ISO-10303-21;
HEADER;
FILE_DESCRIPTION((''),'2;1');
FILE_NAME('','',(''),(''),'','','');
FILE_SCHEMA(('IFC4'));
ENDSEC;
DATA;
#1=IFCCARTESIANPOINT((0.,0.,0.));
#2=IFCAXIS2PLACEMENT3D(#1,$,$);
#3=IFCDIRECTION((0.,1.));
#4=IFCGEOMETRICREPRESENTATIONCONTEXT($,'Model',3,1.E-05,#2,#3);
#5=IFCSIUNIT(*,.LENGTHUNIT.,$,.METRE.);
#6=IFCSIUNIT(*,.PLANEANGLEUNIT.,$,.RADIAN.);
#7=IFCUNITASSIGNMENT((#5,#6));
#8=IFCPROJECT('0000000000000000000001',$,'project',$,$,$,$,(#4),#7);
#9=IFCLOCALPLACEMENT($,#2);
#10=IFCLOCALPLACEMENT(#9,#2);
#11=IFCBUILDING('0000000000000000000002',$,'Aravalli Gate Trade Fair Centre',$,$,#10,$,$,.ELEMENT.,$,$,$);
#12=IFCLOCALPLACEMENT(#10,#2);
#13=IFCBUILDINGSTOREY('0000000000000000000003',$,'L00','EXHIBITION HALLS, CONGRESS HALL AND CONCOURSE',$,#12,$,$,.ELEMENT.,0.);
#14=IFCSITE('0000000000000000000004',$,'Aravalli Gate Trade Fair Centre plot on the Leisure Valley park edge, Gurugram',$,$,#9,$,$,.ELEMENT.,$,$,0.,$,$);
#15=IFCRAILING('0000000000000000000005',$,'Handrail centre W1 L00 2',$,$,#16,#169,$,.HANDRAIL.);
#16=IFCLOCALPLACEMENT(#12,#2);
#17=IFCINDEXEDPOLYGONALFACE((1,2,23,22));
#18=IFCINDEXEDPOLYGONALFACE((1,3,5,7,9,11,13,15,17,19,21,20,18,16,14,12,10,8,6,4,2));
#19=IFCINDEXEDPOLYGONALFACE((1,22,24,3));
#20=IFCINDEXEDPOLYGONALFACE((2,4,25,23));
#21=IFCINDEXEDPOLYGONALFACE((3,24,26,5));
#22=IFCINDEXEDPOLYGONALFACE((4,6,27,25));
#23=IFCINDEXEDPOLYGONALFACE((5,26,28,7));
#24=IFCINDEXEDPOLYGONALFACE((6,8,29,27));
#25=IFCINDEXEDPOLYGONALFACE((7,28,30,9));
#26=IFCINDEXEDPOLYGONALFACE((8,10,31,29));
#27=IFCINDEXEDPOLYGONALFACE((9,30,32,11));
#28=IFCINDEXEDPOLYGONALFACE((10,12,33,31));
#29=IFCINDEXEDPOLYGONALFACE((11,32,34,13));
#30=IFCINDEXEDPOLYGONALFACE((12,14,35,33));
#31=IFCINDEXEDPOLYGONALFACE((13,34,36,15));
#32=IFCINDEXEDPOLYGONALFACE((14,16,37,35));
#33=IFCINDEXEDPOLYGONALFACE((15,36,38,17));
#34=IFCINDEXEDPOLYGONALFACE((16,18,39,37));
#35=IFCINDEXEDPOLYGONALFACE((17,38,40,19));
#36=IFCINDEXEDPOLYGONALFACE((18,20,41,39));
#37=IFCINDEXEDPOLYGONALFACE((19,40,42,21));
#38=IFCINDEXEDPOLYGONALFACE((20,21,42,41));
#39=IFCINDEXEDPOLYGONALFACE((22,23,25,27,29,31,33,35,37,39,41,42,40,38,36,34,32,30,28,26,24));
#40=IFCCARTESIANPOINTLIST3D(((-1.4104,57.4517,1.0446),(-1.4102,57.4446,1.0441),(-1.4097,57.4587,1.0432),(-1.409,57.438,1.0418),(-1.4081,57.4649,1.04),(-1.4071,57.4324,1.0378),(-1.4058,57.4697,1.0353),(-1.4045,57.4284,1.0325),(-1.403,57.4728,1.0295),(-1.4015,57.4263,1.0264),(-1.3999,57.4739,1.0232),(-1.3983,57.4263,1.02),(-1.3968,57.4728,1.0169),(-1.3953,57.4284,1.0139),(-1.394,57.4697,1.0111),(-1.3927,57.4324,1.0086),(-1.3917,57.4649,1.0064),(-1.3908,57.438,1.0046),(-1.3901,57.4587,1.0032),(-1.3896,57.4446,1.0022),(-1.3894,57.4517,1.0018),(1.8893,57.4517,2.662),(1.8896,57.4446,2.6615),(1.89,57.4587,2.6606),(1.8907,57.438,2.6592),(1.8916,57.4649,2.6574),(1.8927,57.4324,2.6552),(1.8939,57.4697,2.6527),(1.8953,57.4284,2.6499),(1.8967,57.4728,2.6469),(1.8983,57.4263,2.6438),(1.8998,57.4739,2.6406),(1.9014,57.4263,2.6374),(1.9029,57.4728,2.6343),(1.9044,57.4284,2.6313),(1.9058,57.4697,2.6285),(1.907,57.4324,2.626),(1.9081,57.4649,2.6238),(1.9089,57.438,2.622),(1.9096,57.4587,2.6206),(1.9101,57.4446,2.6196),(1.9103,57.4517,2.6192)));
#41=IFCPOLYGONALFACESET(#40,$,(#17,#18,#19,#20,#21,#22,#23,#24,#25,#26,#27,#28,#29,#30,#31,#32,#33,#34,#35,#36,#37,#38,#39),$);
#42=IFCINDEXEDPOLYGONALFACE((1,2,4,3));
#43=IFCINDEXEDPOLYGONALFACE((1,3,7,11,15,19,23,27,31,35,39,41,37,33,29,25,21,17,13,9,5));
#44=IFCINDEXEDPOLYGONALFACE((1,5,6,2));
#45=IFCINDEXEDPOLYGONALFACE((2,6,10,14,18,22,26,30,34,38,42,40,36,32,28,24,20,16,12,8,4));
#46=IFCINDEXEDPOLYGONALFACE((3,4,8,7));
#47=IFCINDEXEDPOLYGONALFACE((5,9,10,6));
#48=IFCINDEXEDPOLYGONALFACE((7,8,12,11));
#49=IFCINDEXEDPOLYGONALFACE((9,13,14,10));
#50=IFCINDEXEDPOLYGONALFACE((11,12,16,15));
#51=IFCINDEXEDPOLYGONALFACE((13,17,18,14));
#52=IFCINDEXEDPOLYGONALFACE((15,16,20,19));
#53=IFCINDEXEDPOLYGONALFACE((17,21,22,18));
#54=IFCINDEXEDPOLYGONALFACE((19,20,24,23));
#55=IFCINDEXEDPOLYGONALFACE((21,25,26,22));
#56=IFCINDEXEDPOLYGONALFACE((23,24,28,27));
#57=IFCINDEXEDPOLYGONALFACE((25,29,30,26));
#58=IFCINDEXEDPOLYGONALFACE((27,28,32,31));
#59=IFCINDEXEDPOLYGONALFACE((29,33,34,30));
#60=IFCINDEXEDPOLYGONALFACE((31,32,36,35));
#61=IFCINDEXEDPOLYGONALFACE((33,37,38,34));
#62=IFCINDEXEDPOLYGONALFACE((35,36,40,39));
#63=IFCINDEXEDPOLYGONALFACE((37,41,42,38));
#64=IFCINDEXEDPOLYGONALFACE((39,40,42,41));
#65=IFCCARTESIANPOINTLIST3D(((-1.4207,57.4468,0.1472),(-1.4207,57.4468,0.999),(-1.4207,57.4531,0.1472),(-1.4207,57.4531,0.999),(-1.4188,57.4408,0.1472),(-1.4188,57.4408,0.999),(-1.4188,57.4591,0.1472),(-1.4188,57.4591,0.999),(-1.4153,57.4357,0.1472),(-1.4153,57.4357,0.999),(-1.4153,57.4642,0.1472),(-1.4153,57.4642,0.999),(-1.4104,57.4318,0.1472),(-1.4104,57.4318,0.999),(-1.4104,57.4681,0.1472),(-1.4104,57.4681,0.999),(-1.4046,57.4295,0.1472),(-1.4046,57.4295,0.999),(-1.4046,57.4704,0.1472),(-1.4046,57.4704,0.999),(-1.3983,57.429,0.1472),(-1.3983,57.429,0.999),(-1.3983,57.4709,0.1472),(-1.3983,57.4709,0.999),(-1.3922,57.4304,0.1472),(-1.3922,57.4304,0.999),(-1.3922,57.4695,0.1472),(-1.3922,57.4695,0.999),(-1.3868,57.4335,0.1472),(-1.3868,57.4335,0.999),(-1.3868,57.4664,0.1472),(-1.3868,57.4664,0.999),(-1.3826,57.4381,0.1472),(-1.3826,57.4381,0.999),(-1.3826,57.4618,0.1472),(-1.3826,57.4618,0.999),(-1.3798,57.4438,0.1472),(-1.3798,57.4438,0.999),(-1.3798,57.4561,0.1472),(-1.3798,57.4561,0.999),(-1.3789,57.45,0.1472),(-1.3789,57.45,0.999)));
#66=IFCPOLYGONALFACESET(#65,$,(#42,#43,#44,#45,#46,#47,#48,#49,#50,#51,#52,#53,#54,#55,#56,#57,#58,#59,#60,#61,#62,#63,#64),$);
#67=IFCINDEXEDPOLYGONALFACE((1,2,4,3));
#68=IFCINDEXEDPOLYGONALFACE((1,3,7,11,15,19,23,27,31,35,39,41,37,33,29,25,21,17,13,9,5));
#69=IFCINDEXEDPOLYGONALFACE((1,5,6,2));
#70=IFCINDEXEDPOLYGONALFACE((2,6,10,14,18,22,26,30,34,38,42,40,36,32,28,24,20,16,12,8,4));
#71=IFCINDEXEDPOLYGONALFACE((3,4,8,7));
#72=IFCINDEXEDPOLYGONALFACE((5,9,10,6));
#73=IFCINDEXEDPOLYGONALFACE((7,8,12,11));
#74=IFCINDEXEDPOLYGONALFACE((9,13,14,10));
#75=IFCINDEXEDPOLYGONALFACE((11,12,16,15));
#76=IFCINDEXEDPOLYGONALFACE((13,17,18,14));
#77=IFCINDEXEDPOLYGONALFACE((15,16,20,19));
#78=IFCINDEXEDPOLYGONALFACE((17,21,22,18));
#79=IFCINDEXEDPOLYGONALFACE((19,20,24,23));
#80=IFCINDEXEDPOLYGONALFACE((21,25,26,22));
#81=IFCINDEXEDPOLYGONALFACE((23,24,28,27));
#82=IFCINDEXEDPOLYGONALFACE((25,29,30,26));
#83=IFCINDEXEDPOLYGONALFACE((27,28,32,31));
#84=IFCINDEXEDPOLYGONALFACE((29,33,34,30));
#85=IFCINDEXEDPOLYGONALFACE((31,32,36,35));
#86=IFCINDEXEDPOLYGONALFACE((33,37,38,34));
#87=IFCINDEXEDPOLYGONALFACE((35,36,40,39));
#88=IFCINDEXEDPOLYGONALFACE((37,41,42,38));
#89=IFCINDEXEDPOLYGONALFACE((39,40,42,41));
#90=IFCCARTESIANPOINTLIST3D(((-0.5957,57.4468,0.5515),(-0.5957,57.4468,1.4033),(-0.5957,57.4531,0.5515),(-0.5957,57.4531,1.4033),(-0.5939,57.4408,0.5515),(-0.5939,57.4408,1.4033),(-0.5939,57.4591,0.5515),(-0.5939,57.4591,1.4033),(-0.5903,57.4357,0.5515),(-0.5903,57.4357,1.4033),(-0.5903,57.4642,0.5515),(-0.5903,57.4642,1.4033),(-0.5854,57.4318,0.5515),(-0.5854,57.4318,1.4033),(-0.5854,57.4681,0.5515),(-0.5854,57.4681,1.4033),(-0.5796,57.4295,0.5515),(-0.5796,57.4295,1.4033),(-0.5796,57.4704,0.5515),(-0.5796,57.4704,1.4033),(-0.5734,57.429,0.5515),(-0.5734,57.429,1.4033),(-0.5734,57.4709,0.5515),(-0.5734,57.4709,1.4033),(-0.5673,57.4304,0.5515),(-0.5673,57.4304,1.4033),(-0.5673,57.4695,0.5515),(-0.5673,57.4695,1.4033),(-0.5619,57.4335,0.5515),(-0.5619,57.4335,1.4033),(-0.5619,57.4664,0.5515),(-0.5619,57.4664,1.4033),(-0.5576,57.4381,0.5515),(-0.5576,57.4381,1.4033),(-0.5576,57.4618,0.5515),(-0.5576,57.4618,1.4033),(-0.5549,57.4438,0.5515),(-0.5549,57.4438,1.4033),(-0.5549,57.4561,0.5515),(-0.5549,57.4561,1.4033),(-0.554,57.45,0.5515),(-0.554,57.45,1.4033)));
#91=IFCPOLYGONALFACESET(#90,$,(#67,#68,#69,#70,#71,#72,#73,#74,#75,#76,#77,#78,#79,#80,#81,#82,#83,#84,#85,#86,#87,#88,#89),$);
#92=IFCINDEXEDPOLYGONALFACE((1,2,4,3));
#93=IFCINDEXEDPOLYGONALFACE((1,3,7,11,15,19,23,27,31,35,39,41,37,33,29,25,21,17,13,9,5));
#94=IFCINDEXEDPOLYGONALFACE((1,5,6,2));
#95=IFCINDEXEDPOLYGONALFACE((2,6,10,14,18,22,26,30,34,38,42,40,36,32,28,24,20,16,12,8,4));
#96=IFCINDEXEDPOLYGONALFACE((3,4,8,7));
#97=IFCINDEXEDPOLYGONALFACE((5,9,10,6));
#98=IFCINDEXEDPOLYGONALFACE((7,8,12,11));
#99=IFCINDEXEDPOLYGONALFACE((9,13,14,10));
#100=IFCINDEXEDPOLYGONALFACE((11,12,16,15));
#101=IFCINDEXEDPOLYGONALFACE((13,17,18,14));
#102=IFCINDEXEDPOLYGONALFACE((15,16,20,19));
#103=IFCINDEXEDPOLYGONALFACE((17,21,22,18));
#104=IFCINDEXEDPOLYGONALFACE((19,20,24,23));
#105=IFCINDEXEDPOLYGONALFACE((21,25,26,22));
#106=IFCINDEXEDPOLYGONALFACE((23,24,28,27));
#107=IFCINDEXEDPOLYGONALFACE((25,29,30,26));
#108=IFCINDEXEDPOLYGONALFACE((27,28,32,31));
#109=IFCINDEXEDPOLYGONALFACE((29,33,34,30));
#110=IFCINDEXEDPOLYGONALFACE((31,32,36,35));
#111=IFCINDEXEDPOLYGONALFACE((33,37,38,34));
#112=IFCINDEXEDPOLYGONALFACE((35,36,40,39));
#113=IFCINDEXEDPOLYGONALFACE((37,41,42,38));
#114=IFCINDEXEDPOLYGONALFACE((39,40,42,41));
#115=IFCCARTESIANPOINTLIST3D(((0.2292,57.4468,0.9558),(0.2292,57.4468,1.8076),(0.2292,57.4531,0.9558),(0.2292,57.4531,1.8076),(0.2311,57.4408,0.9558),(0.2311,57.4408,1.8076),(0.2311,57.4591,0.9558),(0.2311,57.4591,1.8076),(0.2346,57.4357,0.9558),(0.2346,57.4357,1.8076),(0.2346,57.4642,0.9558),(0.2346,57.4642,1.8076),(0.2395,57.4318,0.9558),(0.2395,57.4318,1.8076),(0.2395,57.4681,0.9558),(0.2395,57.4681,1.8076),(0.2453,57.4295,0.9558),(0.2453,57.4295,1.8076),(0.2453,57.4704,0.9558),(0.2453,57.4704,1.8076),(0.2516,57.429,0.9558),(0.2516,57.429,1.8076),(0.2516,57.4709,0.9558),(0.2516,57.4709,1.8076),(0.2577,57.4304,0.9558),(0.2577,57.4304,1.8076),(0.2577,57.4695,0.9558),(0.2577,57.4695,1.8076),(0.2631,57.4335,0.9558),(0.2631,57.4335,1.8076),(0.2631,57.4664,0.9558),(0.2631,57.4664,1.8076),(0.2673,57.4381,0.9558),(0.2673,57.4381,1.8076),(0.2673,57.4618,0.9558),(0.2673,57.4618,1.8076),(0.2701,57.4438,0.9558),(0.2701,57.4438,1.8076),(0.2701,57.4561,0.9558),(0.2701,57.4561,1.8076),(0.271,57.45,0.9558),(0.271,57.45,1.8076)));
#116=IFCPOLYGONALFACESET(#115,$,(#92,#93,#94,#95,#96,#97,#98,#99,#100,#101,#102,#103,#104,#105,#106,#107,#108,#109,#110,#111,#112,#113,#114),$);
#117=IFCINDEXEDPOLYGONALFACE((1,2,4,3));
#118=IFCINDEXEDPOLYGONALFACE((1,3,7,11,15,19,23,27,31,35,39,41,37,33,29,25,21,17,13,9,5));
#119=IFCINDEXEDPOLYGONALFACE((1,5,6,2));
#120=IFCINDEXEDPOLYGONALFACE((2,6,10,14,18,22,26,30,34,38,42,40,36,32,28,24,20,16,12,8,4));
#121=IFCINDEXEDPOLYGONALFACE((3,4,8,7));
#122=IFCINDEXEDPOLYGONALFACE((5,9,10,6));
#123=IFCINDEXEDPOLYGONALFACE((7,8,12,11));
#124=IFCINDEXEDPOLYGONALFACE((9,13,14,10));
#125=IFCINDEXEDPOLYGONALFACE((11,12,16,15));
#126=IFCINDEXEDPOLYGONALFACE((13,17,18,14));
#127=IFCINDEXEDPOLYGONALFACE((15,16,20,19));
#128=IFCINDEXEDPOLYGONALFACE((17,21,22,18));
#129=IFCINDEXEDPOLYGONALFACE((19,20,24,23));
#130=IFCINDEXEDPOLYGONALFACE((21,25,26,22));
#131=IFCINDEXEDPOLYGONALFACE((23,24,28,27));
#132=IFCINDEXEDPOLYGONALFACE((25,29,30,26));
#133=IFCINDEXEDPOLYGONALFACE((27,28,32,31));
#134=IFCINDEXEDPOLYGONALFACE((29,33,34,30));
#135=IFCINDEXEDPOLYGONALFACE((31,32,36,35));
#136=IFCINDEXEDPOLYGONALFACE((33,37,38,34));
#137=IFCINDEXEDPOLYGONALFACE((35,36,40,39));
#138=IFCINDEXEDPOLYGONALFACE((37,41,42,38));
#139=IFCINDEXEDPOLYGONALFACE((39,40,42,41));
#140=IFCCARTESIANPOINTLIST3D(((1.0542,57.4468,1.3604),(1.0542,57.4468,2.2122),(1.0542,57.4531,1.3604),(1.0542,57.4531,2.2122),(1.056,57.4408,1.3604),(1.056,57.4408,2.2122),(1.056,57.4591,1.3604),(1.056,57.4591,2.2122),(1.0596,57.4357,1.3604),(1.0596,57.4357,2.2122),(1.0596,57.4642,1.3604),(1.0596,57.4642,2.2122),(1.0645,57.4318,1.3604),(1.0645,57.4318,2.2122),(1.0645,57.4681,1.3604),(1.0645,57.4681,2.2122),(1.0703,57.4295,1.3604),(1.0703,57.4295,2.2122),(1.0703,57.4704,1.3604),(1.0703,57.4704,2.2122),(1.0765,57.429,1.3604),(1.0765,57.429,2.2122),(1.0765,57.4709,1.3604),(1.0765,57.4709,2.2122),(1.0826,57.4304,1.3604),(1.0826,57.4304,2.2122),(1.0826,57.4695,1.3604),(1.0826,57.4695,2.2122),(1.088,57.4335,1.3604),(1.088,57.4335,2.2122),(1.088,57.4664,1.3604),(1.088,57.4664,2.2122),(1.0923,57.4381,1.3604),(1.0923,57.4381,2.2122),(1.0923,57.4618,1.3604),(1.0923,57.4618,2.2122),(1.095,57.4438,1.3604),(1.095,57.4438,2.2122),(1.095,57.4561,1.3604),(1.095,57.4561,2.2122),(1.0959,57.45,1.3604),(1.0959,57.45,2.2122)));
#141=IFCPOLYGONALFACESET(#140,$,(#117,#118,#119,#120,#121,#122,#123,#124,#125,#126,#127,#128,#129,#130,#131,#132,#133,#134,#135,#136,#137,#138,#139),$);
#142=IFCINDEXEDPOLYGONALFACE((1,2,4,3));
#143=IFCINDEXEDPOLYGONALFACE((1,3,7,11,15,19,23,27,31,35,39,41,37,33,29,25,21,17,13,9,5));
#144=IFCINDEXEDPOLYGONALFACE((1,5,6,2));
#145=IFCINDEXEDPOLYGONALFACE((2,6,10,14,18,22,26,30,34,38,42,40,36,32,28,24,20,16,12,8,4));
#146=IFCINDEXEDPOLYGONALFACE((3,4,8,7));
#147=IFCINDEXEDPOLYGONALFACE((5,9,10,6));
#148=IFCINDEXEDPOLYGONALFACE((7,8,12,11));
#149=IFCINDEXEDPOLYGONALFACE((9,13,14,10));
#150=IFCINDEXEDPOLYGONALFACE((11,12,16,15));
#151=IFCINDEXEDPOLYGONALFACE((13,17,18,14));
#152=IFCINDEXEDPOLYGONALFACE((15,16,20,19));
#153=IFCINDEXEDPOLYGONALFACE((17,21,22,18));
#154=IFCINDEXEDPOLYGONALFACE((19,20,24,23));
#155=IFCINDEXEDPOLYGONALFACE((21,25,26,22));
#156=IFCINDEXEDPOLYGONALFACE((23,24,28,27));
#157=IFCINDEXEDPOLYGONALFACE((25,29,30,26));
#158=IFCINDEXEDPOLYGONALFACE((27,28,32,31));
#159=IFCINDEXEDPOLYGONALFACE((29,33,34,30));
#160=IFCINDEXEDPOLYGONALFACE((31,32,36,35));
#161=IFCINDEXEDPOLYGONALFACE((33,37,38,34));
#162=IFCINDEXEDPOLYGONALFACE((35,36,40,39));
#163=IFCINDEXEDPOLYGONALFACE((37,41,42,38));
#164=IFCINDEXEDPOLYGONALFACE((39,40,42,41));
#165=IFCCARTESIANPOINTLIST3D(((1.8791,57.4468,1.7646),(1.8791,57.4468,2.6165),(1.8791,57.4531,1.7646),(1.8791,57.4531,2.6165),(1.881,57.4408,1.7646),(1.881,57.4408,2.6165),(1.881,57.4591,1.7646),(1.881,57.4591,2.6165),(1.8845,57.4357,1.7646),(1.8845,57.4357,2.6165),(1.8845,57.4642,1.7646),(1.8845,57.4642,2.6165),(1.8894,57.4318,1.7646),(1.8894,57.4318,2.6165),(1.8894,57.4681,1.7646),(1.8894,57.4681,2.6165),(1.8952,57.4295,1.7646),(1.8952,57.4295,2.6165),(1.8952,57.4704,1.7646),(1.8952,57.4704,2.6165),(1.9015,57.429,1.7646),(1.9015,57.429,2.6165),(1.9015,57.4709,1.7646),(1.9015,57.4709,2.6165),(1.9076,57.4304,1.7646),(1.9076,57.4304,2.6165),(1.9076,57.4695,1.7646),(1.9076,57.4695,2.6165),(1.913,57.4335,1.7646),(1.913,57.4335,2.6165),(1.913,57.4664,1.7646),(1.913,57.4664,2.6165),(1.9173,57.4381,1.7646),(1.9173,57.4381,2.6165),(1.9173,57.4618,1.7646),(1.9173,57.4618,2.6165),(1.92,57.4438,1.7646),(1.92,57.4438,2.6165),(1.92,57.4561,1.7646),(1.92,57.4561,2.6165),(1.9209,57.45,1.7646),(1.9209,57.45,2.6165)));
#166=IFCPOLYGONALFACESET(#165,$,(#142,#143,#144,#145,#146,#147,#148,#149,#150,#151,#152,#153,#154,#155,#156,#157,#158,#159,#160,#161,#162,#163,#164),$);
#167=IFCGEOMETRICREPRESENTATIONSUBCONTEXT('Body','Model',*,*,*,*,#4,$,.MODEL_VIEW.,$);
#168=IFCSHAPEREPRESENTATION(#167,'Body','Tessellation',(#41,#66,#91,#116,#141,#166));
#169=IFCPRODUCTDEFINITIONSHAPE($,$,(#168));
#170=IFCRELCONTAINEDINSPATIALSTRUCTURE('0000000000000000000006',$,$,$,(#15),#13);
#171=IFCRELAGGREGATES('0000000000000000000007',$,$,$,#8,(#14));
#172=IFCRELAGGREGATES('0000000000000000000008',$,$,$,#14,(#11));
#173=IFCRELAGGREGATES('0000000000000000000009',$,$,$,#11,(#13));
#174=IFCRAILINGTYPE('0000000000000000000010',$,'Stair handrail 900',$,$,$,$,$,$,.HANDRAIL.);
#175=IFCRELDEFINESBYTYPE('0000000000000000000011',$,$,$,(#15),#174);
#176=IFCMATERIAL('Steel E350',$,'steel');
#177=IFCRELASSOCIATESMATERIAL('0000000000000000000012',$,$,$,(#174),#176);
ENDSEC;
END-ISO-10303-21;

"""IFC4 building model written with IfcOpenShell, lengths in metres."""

from ifc_helpers import new_model, si_unit, direction, frame, origin, origin_2d, place, context, subcontext, project, spatial, circle, extrude, material, type_object, element, save


model = new_model("IFC4")

# Units and contexts
model_context = context("Model", 3, precision=1e-05, world=origin(), true_north=direction((0.0, 1.0)))
body_context = subcontext(model_context, "Body", "Model", "MODEL_VIEW")
ifc_project = project(units=[si_unit("LENGTHUNIT", "METRE"), si_unit("PLANEANGLEUNIT", "RADIAN")], contexts=[model_context])

# Site, building, storey
site_placement = place(None, origin())
site = spatial("IfcSite", under=ifc_project, at=site_placement, Name="Aravalli Gate Trade Fair Centre plot on the Leisure Valley park edge, Gurugram", CompositionType="ELEMENT", RefElevation=0.0)
building_placement = place(site_placement, origin())
building = spatial("IfcBuilding", under=site, at=building_placement, Name="Aravalli Gate Trade Fair Centre", CompositionType="ELEMENT")
storey_placement = place(building_placement, origin())
storey = spatial("IfcBuildingStorey", under=building, at=storey_placement, Name="L00", Description="EXHIBITION HALLS, CONGRESS HALL AND CONCOURSE", CompositionType="ELEMENT", Elevation=0.0)

# Railing
ifc_material_1 = material(Name="Steel E350", Category="steel")
railing_type = type_object("IfcRailingType", Name="Stair handrail 900", PredefinedType="HANDRAIL", material=ifc_material_1)
for number, where, name in (
    (1, (-1.3999, 57.45, 0.1472), "Handrail centre W1 L00 2"),
):
    element("IfcRailing", number, at=place(storey_placement, frame(where)), inside=storey, type_object=railing_type, Name=name, PredefinedType="HANDRAIL", context=body_context, shape_type="SweptSolid", body=[
        extrude(circle(Radius=0.0239, at=origin_2d()), frame((0.0, 0.0, 0.876), z_axis=(0.897934, 0.0, 0.440131), x_axis=(0.0, 1.0, 0.0)), (0.0, 0.0, 1.0), 3.6748),
        extrude(circle(Radius=0.021, at=origin_2d()), origin(), (0.0, 0.0, 1.0), 0.8518),
        extrude(circle(Radius=0.021, at=origin_2d()), frame((0.825, 0.0, 0.4043)), (0.0, 0.0, 1.0), 0.8518),
        extrude(circle(Radius=0.021, at=origin_2d()), frame((1.6499, 0.0, 0.8086)), (0.0, 0.0, 1.0), 0.8518),
        extrude(circle(Radius=0.021, at=origin_2d()), frame((2.4749, 0.0, 1.2131)), (0.0, 0.0, 1.0), 0.8518),
        extrude(circle(Radius=0.021, at=origin_2d()), frame((3.2998, 0.0, 1.6174)), (0.0, 0.0, 1.0), 0.8518),
    ])

save(model, "model.ifc")
